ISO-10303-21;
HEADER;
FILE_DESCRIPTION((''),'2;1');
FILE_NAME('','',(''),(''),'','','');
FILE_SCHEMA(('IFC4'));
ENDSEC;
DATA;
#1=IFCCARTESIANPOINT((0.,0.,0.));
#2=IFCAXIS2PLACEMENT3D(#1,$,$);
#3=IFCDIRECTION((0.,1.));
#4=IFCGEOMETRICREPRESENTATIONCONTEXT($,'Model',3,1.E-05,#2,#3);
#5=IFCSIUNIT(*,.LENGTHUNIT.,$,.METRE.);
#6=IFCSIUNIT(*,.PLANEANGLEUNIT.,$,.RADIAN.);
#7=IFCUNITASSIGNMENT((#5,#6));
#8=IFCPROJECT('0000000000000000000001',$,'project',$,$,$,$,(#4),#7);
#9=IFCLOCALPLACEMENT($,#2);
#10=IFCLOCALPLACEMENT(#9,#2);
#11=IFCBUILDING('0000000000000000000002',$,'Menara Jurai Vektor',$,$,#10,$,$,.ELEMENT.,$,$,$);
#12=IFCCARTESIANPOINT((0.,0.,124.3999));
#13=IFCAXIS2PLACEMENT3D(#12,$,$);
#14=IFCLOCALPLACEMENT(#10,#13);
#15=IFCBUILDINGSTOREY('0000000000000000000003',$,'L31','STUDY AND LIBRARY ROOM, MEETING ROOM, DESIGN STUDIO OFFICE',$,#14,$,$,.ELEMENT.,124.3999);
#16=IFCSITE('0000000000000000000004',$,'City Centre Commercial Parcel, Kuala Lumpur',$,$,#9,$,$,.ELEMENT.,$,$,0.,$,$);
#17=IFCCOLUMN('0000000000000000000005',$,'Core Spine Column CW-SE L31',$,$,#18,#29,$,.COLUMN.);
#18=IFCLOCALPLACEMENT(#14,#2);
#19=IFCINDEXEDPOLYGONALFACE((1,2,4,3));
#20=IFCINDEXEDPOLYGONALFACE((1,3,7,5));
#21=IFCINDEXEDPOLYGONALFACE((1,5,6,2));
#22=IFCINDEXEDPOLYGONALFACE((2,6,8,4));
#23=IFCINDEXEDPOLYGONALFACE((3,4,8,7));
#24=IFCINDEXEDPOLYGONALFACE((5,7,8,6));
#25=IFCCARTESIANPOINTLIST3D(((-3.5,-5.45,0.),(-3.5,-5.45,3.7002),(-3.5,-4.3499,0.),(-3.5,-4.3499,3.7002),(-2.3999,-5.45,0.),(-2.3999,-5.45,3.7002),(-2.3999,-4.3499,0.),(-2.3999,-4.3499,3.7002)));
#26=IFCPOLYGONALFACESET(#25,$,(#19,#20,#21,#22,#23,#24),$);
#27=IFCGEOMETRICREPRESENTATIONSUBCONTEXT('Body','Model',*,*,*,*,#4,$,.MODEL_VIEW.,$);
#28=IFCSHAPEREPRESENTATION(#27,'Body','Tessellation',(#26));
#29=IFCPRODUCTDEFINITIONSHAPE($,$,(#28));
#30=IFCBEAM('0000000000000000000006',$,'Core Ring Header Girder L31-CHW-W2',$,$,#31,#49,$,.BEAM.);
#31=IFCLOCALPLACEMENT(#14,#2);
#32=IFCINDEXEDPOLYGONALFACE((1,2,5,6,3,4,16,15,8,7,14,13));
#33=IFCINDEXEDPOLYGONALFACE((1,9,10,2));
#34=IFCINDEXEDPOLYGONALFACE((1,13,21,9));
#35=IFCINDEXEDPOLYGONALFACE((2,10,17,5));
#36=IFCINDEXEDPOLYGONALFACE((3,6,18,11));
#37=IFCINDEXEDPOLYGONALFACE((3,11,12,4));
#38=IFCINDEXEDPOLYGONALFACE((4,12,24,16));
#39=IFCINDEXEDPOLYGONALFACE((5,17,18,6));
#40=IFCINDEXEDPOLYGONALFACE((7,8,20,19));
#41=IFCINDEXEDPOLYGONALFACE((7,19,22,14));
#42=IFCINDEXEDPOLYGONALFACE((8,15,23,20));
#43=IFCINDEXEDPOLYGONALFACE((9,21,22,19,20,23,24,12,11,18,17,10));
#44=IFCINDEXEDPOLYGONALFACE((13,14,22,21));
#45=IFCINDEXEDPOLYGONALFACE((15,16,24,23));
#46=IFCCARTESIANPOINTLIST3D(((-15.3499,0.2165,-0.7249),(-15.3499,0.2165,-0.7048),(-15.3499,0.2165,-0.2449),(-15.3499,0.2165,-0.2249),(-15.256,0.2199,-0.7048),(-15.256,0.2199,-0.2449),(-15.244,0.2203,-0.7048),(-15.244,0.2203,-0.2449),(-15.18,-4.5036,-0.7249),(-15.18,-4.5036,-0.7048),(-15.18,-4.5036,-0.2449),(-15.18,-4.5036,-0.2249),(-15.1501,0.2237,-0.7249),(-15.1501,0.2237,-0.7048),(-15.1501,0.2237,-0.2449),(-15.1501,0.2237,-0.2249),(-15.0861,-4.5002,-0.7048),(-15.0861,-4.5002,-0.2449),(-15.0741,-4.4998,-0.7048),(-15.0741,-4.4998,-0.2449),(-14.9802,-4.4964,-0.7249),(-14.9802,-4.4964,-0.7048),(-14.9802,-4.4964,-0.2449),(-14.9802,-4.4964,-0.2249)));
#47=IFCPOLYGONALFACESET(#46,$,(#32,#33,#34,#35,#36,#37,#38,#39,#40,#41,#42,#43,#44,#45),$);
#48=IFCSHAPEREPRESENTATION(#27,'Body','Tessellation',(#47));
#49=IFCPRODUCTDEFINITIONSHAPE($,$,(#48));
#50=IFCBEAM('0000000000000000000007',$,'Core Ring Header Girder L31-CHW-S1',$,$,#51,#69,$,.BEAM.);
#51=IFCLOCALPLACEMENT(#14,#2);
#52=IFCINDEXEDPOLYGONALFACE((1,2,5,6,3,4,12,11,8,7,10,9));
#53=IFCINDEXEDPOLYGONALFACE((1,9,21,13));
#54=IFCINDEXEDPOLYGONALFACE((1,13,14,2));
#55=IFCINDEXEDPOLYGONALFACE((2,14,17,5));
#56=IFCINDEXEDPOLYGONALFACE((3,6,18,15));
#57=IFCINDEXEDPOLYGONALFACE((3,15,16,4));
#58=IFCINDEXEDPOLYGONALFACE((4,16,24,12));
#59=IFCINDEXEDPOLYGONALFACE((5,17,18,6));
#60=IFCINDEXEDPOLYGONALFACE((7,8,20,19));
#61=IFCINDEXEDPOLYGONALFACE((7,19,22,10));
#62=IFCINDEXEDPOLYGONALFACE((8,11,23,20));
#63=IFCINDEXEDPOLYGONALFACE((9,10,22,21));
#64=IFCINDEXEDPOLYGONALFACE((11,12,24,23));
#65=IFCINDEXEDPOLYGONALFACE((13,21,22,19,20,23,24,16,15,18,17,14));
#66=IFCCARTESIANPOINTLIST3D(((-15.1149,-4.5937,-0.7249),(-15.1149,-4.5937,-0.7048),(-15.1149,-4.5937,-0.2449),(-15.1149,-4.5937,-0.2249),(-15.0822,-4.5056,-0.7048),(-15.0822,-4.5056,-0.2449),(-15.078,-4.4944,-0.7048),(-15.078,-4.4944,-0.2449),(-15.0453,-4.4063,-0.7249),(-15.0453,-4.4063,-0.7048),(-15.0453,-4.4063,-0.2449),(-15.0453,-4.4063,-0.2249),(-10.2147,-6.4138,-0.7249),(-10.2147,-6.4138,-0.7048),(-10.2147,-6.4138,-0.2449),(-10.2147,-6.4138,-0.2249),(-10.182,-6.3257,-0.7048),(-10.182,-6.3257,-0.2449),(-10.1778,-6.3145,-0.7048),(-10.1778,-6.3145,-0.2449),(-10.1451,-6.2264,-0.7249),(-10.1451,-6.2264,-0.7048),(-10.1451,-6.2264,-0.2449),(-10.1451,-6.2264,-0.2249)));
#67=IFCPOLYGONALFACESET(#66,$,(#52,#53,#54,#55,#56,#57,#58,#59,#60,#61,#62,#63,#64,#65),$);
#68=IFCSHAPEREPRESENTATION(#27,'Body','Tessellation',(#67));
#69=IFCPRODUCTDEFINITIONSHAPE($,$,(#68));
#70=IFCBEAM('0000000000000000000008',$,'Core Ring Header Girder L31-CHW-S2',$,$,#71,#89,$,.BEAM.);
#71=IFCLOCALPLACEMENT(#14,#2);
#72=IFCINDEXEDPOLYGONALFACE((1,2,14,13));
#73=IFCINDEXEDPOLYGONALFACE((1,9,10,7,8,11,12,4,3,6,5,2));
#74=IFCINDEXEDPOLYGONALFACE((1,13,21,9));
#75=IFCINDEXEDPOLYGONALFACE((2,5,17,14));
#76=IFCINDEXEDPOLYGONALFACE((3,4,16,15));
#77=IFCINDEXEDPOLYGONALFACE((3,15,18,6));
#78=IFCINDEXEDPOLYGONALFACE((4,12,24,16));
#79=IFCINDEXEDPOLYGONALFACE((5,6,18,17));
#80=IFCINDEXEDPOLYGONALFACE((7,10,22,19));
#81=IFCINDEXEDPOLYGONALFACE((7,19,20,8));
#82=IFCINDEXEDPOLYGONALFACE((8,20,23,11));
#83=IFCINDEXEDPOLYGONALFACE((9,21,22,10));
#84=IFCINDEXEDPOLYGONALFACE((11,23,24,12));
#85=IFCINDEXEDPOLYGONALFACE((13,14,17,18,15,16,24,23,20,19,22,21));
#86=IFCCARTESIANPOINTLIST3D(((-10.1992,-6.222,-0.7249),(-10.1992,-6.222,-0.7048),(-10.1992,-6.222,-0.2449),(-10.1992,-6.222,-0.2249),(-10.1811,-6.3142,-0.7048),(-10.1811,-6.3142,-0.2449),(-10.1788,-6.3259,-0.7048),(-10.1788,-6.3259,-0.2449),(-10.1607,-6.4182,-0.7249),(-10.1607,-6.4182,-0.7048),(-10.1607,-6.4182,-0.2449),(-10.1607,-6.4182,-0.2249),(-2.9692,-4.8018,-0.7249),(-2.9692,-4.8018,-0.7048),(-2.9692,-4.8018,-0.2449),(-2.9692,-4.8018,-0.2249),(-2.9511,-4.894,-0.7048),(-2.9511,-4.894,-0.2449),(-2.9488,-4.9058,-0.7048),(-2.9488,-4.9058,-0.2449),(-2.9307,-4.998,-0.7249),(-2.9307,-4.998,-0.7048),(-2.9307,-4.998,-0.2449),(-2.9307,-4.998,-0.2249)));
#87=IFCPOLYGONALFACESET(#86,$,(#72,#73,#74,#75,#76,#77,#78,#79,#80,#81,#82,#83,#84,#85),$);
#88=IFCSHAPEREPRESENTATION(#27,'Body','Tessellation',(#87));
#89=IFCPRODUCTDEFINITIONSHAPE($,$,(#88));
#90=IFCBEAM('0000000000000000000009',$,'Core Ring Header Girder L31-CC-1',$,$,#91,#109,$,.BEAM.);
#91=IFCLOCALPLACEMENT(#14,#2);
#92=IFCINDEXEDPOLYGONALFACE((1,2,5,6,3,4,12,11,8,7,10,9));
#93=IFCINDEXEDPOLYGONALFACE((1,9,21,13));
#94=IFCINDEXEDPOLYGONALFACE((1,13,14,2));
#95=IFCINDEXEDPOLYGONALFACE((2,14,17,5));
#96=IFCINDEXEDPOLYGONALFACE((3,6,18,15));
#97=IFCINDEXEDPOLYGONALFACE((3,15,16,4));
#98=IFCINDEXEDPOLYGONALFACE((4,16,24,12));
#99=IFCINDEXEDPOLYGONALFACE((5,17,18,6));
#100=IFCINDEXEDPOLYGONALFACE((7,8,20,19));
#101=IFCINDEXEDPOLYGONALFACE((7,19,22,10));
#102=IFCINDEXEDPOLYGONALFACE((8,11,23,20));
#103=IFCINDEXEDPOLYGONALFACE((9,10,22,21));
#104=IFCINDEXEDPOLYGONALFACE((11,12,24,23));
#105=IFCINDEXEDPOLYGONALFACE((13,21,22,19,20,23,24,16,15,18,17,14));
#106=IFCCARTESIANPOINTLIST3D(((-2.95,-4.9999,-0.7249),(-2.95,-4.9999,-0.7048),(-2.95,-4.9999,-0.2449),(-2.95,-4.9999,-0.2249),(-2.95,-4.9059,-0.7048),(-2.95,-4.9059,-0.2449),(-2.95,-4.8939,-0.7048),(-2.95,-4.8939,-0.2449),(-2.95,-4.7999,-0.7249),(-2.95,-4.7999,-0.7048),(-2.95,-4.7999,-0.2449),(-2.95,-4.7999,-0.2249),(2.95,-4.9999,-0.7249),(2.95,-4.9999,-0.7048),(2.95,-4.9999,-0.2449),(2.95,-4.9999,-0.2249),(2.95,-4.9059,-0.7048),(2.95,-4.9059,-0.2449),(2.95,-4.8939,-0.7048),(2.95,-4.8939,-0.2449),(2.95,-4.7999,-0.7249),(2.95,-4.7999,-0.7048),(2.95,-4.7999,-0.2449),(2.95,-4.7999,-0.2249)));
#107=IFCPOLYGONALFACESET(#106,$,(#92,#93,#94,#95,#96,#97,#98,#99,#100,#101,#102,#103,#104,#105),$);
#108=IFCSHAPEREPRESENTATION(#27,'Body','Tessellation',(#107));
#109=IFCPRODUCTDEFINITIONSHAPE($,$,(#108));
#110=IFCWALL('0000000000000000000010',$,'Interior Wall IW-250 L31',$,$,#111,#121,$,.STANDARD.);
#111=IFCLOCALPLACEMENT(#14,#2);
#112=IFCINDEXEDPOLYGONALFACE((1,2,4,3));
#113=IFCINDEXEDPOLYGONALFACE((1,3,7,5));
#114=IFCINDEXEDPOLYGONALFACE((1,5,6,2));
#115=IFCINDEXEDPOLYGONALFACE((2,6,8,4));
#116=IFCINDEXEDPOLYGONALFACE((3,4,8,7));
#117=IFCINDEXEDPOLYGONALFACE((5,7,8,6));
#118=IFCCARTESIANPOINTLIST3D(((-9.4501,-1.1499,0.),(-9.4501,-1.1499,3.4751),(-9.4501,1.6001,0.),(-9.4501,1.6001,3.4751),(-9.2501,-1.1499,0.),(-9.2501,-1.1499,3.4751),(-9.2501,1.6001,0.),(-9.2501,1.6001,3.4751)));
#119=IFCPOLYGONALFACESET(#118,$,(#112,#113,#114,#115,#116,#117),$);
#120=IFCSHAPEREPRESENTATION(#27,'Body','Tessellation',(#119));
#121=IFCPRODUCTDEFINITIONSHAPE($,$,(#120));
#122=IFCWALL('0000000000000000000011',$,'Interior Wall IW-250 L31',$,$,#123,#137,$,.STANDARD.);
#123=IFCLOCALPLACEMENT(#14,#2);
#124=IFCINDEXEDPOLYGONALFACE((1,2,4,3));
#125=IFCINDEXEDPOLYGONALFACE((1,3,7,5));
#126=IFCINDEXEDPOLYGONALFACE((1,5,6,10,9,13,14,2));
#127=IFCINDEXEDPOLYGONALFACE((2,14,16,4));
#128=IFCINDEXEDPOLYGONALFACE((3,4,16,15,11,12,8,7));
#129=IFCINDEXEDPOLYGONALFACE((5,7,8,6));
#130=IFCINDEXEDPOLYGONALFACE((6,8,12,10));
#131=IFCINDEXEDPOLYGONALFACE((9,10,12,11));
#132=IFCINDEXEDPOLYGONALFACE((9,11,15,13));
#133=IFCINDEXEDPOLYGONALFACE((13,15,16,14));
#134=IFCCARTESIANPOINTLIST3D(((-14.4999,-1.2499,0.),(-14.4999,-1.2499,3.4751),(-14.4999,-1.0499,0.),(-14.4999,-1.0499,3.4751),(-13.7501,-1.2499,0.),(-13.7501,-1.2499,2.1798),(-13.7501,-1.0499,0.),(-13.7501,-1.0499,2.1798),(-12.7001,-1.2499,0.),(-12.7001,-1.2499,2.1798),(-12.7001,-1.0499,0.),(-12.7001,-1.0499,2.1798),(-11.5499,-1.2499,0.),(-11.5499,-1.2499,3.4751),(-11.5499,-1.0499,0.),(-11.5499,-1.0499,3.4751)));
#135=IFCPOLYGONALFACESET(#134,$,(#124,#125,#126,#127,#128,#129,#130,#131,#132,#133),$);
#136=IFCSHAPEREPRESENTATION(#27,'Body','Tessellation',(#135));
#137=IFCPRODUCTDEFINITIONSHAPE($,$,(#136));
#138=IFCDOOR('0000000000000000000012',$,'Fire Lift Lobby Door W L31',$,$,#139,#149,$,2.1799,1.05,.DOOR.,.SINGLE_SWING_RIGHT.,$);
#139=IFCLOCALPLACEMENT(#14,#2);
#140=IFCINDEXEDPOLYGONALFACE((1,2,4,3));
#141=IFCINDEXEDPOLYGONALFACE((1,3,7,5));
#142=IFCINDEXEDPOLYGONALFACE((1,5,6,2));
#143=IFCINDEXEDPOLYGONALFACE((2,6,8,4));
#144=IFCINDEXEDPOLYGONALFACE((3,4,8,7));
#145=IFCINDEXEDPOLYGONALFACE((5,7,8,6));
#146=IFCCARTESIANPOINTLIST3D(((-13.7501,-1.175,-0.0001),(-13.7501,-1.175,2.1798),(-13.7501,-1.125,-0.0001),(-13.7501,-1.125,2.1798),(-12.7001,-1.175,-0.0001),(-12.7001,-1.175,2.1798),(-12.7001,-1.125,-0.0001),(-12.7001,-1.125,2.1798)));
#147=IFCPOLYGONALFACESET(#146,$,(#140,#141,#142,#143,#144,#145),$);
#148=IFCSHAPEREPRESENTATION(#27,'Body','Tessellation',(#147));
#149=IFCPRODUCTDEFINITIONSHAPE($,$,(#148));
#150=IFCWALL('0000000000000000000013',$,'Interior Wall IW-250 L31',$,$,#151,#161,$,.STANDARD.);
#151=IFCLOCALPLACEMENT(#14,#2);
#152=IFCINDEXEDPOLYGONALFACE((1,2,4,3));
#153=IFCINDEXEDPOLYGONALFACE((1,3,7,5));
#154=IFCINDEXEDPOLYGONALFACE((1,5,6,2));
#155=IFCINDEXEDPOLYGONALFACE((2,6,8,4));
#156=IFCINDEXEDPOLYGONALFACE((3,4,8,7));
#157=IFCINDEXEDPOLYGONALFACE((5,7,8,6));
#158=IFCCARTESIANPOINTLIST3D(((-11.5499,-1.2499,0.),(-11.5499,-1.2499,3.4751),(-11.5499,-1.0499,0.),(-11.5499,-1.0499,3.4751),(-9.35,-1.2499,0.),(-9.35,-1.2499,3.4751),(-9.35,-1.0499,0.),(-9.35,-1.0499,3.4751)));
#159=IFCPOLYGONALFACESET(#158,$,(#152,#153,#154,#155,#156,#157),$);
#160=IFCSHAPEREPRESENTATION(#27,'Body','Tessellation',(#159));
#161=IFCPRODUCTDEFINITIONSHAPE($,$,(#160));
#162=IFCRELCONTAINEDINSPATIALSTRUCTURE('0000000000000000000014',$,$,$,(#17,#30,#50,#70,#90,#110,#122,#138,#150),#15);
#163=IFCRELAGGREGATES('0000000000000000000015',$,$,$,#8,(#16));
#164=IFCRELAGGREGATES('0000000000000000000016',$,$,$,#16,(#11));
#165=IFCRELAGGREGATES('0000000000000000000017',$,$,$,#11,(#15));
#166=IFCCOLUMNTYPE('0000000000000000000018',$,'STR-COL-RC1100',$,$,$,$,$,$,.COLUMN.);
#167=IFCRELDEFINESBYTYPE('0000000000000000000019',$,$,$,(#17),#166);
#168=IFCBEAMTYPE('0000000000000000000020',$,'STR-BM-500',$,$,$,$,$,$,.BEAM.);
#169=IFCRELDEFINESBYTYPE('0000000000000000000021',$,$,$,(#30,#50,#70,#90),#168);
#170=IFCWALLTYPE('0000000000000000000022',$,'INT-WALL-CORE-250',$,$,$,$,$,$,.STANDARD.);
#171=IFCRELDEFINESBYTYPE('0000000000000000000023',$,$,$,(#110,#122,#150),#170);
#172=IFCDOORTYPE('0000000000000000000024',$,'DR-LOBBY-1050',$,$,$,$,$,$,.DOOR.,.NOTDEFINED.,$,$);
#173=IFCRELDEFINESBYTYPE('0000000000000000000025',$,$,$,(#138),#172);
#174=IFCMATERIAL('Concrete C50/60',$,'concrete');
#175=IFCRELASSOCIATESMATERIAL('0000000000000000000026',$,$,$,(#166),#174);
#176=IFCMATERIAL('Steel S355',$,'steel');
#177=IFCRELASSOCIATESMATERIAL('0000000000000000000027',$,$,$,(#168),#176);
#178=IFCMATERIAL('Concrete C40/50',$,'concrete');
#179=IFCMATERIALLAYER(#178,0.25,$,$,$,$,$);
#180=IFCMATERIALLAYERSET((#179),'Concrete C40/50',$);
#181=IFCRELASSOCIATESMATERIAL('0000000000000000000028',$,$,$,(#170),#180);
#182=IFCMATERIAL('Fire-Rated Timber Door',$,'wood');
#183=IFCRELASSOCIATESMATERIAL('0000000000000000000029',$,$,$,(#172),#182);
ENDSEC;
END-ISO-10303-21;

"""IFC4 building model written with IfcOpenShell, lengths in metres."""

from ifc_helpers import new_model, si_unit, direction, frame, frame_2d, origin, origin_2d, place, context, subcontext, project, spatial, rectangle, i_section, extrude, material, layer, layer_set, material_profile, profile_set, type_object, element, fill, save


model = new_model("IFC4")

# Units and contexts
model_context = context("Model", 3, precision=1e-05, world=origin(), true_north=direction((0.0, 1.0)))
body_context = subcontext(model_context, "Body", "Model", "MODEL_VIEW")
ifc_project = project(units=[si_unit("LENGTHUNIT", "METRE"), si_unit("PLANEANGLEUNIT", "RADIAN")], contexts=[model_context])

# Site, building, storey
site_placement = place(None, origin())
site = spatial("IfcSite", under=ifc_project, at=site_placement, Name="City Centre Commercial Parcel, Kuala Lumpur", CompositionType="ELEMENT", RefElevation=0.0)
building_placement = place(site_placement, origin())
building = spatial("IfcBuilding", under=site, at=building_placement, Name="Menara Jurai Vektor", CompositionType="ELEMENT")
storey_placement = place(building_placement, frame((0.0, 0.0, 124.3999)))
storey = spatial("IfcBuildingStorey", under=building, at=storey_placement, Name="L31", Description="STUDY AND LIBRARY ROOM, MEETING ROOM, DESIGN STUDIO OFFICE", CompositionType="ELEMENT", Elevation=124.3999)

# Column
ifc_material_1 = material(Name="Concrete C50/60", Category="concrete")
ifc_material_profile_1 = material_profile(ifc_material_1, rectangle(XDim=1.1001, YDim=1.1001, at=origin_2d()), Name="RC 1100x1100")
ifc_profile_set_1 = profile_set([ifc_material_profile_1], Name="Concrete C50/60")
column_type = type_object("IfcColumnType", Name="STR-COL-RC1100", PredefinedType="COLUMN", material=ifc_profile_set_1)
column_placement = place(storey_placement, frame((-2.95, -4.8999, 0.0), z_axis=(0.0, 0.0, 1.0), x_axis=(1.0, 0.0, 0.0)))
element("IfcColumn", 1, at=column_placement, inside=storey, type_object=column_type, Name="Core Spine Column CW-SE L31", PredefinedType="COLUMN", context=body_context, shape_type="SweptSolid", body=[
    extrude(rectangle(XDim=1.1001, YDim=1.1001, at=origin_2d()), origin(), (0.0, 0.0, 1.0), 3.7002),
])

# Beams
ifc_material_2 = material(Name="Steel S355", Category="steel")
ifc_material_profile_2 = material_profile(ifc_material_2, i_section(OverallWidth=0.2, OverallDepth=0.5, WebThickness=0.012, FlangeThickness=0.02, at=origin_2d()), Name="PG 500x200x96")
ifc_profile_set_2 = profile_set([ifc_material_profile_2], Name="Steel S355")
beam_type = type_object("IfcBeamType", Name="STR-BM-500", PredefinedType="BEAM", material=ifc_profile_set_2)
beam_1_placement = place(storey_placement, frame((-15.0801, -4.5, -0.4749), z_axis=(-0.035977, 0.999353, 0.0), x_axis=(-0.999353, -0.035977, 0.0)))
element("IfcBeam", 2, at=beam_1_placement, inside=storey, type_object=beam_type, Name="Core Ring Header Girder L31-CHW-W2", PredefinedType="BEAM", context=body_context, shape_type="SweptSolid", body=[
    extrude(i_section(OverallWidth=0.2, OverallDepth=0.5, WebThickness=0.012, FlangeThickness=0.02, at=origin_2d()), origin(), (0.0, 0.0, 1.0), 4.7231),
])
beam_2_placement = place(storey_placement, frame((-15.0801, -4.5, -0.4749), z_axis=(0.937424, -0.348189, 0.0), x_axis=(0.348189, 0.937424, 0.0)))
element("IfcBeam", 3, at=beam_2_placement, inside=storey, type_object=beam_type, Name="Core Ring Header Girder L31-CHW-S1", PredefinedType="BEAM", context=body_context, shape_type="SweptSolid", body=[
    extrude(i_section(OverallWidth=0.2, OverallDepth=0.5, WebThickness=0.012, FlangeThickness=0.02, at=origin_2d()), origin(), (0.0, 0.0, 1.0), 5.2273),
])
beam_3_placement = place(storey_placement, frame((-10.1799, -6.3201, -0.4749), z_axis=(0.981249, 0.192744, 0.0), x_axis=(-0.192744, 0.981249, 0.0)))
element("IfcBeam", 4, at=beam_3_placement, inside=storey, type_object=beam_type, Name="Core Ring Header Girder L31-CHW-S2", PredefinedType="BEAM", context=body_context, shape_type="SweptSolid", body=[
    extrude(i_section(OverallWidth=0.2, OverallDepth=0.5, WebThickness=0.012, FlangeThickness=0.02, at=origin_2d()), origin(), (0.0, 0.0, 1.0), 7.3682),
])
beam_4_placement = place(storey_placement, frame((-2.95, -4.8999, -0.4749), z_axis=(1.0, 0.0, 0.0), x_axis=(0.0, 1.0, 0.0)))
element("IfcBeam", 5, at=beam_4_placement, inside=storey, type_object=beam_type, Name="Core Ring Header Girder L31-CC-1", PredefinedType="BEAM", context=body_context, shape_type="SweptSolid", body=[
    extrude(i_section(OverallWidth=0.2, OverallDepth=0.5, WebThickness=0.012, FlangeThickness=0.02, at=origin_2d()), origin(), (0.0, 0.0, 1.0), 5.8999),
])

# Shared definitions
ifc_material_3 = material(Name="Concrete C40/50", Category="concrete")
ifc_layer_1 = layer(ifc_material_3, 0.25)
ifc_layer_set_1 = layer_set([ifc_layer_1], Name="Concrete C40/50")
wall_type_1 = type_object("IfcWallType", Name="INT-WALL-CORE-250", PredefinedType="STANDARD", material=ifc_layer_set_1)

# Wall
wall_1_placement = place(storey_placement, frame((-9.3501, -1.1499, 0.0), z_axis=(0.0, 0.0, 1.0), x_axis=(0.0, 1.0, 0.0)))
element("IfcWall", 6, at=wall_1_placement, inside=storey, type_object=wall_type_1, Name="Interior Wall IW-250 L31", PredefinedType="STANDARD", context=body_context, shape_type="SweptSolid", body=[
    extrude(rectangle(XDim=2.75, YDim=0.2, at=frame_2d((1.375, 0.0))), origin(), (0.0, 0.0, 1.0), 3.4751),
])

# Wall, opening, door
wall_2_placement = place(storey_placement, frame((-14.5, -1.1499, 0.0), z_axis=(0.0, 0.0, 1.0), x_axis=(1.0, 0.0, 0.0)))
wall_2 = element("IfcWall", 7, at=wall_2_placement, inside=storey, type_object=wall_type_1, Name="Interior Wall IW-250 L31", PredefinedType="STANDARD", context=body_context, shape_type="SweptSolid", body=[
    extrude(rectangle(XDim=2.95, YDim=0.2, at=frame_2d((1.4751, 0.0))), origin(), (0.0, 0.0, 1.0), 3.4751),
])
opening_1_placement = place(wall_2_placement, frame((0.75, 0.0, 0.0)))
opening_1 = element("IfcOpeningElement", 8, at=opening_1_placement, cuts=wall_2, PredefinedType="OPENING", context=body_context, shape_type="SweptSolid", body=[
    extrude(rectangle(XDim=1.05, YDim=2.1799, at=frame_2d((0.5249, 1.0898))), frame((0.0, 0.1099, 0.0), z_axis=(0.0, -1.0, 0.0), x_axis=(1.0, 0.0, 0.0)), (0.0, 0.0, 1.0), 0.22),
])
ifc_material_4 = material(Name="Fire-Rated Timber Door", Category="wood")
door_type_1 = type_object("IfcDoorType", Name="DR-LOBBY-1050", OperationType="NOTDEFINED", PredefinedType="DOOR", material=ifc_material_4)
door_1_placement = place(opening_1_placement, origin())
door_1 = element("IfcDoor", 9, at=door_1_placement, inside=storey, type_object=door_type_1, Name="Fire Lift Lobby Door W L31", OperationType="SINGLE_SWING_RIGHT", OverallHeight=2.1799, OverallWidth=1.05, PredefinedType="DOOR", context=body_context, shape_type="SweptSolid", body=[
    extrude(rectangle(XDim=1.05, YDim=2.1799, at=frame_2d((0.5249, 1.0898))), frame((0.0, 0.0249, 0.0), z_axis=(0.0, -1.0, 0.0), x_axis=(1.0, 0.0, 0.0)), (0.0, 0.0, 1.0), 0.05),
])
fill(opening_1, door_1)

# Wall
wall_3_placement = place(storey_placement, frame((-11.55, -1.1499, 0.0), z_axis=(0.0, 0.0, 1.0), x_axis=(1.0, 0.0, 0.0)))
element("IfcWall", 10, at=wall_3_placement, inside=storey, type_object=wall_type_1, Name="Interior Wall IW-250 L31", PredefinedType="STANDARD", context=body_context, shape_type="SweptSolid", body=[
    extrude(rectangle(XDim=2.2, YDim=0.2, at=frame_2d((1.1001, 0.0))), origin(), (0.0, 0.0, 1.0), 3.4751),
])

save(model, "model.ifc")
